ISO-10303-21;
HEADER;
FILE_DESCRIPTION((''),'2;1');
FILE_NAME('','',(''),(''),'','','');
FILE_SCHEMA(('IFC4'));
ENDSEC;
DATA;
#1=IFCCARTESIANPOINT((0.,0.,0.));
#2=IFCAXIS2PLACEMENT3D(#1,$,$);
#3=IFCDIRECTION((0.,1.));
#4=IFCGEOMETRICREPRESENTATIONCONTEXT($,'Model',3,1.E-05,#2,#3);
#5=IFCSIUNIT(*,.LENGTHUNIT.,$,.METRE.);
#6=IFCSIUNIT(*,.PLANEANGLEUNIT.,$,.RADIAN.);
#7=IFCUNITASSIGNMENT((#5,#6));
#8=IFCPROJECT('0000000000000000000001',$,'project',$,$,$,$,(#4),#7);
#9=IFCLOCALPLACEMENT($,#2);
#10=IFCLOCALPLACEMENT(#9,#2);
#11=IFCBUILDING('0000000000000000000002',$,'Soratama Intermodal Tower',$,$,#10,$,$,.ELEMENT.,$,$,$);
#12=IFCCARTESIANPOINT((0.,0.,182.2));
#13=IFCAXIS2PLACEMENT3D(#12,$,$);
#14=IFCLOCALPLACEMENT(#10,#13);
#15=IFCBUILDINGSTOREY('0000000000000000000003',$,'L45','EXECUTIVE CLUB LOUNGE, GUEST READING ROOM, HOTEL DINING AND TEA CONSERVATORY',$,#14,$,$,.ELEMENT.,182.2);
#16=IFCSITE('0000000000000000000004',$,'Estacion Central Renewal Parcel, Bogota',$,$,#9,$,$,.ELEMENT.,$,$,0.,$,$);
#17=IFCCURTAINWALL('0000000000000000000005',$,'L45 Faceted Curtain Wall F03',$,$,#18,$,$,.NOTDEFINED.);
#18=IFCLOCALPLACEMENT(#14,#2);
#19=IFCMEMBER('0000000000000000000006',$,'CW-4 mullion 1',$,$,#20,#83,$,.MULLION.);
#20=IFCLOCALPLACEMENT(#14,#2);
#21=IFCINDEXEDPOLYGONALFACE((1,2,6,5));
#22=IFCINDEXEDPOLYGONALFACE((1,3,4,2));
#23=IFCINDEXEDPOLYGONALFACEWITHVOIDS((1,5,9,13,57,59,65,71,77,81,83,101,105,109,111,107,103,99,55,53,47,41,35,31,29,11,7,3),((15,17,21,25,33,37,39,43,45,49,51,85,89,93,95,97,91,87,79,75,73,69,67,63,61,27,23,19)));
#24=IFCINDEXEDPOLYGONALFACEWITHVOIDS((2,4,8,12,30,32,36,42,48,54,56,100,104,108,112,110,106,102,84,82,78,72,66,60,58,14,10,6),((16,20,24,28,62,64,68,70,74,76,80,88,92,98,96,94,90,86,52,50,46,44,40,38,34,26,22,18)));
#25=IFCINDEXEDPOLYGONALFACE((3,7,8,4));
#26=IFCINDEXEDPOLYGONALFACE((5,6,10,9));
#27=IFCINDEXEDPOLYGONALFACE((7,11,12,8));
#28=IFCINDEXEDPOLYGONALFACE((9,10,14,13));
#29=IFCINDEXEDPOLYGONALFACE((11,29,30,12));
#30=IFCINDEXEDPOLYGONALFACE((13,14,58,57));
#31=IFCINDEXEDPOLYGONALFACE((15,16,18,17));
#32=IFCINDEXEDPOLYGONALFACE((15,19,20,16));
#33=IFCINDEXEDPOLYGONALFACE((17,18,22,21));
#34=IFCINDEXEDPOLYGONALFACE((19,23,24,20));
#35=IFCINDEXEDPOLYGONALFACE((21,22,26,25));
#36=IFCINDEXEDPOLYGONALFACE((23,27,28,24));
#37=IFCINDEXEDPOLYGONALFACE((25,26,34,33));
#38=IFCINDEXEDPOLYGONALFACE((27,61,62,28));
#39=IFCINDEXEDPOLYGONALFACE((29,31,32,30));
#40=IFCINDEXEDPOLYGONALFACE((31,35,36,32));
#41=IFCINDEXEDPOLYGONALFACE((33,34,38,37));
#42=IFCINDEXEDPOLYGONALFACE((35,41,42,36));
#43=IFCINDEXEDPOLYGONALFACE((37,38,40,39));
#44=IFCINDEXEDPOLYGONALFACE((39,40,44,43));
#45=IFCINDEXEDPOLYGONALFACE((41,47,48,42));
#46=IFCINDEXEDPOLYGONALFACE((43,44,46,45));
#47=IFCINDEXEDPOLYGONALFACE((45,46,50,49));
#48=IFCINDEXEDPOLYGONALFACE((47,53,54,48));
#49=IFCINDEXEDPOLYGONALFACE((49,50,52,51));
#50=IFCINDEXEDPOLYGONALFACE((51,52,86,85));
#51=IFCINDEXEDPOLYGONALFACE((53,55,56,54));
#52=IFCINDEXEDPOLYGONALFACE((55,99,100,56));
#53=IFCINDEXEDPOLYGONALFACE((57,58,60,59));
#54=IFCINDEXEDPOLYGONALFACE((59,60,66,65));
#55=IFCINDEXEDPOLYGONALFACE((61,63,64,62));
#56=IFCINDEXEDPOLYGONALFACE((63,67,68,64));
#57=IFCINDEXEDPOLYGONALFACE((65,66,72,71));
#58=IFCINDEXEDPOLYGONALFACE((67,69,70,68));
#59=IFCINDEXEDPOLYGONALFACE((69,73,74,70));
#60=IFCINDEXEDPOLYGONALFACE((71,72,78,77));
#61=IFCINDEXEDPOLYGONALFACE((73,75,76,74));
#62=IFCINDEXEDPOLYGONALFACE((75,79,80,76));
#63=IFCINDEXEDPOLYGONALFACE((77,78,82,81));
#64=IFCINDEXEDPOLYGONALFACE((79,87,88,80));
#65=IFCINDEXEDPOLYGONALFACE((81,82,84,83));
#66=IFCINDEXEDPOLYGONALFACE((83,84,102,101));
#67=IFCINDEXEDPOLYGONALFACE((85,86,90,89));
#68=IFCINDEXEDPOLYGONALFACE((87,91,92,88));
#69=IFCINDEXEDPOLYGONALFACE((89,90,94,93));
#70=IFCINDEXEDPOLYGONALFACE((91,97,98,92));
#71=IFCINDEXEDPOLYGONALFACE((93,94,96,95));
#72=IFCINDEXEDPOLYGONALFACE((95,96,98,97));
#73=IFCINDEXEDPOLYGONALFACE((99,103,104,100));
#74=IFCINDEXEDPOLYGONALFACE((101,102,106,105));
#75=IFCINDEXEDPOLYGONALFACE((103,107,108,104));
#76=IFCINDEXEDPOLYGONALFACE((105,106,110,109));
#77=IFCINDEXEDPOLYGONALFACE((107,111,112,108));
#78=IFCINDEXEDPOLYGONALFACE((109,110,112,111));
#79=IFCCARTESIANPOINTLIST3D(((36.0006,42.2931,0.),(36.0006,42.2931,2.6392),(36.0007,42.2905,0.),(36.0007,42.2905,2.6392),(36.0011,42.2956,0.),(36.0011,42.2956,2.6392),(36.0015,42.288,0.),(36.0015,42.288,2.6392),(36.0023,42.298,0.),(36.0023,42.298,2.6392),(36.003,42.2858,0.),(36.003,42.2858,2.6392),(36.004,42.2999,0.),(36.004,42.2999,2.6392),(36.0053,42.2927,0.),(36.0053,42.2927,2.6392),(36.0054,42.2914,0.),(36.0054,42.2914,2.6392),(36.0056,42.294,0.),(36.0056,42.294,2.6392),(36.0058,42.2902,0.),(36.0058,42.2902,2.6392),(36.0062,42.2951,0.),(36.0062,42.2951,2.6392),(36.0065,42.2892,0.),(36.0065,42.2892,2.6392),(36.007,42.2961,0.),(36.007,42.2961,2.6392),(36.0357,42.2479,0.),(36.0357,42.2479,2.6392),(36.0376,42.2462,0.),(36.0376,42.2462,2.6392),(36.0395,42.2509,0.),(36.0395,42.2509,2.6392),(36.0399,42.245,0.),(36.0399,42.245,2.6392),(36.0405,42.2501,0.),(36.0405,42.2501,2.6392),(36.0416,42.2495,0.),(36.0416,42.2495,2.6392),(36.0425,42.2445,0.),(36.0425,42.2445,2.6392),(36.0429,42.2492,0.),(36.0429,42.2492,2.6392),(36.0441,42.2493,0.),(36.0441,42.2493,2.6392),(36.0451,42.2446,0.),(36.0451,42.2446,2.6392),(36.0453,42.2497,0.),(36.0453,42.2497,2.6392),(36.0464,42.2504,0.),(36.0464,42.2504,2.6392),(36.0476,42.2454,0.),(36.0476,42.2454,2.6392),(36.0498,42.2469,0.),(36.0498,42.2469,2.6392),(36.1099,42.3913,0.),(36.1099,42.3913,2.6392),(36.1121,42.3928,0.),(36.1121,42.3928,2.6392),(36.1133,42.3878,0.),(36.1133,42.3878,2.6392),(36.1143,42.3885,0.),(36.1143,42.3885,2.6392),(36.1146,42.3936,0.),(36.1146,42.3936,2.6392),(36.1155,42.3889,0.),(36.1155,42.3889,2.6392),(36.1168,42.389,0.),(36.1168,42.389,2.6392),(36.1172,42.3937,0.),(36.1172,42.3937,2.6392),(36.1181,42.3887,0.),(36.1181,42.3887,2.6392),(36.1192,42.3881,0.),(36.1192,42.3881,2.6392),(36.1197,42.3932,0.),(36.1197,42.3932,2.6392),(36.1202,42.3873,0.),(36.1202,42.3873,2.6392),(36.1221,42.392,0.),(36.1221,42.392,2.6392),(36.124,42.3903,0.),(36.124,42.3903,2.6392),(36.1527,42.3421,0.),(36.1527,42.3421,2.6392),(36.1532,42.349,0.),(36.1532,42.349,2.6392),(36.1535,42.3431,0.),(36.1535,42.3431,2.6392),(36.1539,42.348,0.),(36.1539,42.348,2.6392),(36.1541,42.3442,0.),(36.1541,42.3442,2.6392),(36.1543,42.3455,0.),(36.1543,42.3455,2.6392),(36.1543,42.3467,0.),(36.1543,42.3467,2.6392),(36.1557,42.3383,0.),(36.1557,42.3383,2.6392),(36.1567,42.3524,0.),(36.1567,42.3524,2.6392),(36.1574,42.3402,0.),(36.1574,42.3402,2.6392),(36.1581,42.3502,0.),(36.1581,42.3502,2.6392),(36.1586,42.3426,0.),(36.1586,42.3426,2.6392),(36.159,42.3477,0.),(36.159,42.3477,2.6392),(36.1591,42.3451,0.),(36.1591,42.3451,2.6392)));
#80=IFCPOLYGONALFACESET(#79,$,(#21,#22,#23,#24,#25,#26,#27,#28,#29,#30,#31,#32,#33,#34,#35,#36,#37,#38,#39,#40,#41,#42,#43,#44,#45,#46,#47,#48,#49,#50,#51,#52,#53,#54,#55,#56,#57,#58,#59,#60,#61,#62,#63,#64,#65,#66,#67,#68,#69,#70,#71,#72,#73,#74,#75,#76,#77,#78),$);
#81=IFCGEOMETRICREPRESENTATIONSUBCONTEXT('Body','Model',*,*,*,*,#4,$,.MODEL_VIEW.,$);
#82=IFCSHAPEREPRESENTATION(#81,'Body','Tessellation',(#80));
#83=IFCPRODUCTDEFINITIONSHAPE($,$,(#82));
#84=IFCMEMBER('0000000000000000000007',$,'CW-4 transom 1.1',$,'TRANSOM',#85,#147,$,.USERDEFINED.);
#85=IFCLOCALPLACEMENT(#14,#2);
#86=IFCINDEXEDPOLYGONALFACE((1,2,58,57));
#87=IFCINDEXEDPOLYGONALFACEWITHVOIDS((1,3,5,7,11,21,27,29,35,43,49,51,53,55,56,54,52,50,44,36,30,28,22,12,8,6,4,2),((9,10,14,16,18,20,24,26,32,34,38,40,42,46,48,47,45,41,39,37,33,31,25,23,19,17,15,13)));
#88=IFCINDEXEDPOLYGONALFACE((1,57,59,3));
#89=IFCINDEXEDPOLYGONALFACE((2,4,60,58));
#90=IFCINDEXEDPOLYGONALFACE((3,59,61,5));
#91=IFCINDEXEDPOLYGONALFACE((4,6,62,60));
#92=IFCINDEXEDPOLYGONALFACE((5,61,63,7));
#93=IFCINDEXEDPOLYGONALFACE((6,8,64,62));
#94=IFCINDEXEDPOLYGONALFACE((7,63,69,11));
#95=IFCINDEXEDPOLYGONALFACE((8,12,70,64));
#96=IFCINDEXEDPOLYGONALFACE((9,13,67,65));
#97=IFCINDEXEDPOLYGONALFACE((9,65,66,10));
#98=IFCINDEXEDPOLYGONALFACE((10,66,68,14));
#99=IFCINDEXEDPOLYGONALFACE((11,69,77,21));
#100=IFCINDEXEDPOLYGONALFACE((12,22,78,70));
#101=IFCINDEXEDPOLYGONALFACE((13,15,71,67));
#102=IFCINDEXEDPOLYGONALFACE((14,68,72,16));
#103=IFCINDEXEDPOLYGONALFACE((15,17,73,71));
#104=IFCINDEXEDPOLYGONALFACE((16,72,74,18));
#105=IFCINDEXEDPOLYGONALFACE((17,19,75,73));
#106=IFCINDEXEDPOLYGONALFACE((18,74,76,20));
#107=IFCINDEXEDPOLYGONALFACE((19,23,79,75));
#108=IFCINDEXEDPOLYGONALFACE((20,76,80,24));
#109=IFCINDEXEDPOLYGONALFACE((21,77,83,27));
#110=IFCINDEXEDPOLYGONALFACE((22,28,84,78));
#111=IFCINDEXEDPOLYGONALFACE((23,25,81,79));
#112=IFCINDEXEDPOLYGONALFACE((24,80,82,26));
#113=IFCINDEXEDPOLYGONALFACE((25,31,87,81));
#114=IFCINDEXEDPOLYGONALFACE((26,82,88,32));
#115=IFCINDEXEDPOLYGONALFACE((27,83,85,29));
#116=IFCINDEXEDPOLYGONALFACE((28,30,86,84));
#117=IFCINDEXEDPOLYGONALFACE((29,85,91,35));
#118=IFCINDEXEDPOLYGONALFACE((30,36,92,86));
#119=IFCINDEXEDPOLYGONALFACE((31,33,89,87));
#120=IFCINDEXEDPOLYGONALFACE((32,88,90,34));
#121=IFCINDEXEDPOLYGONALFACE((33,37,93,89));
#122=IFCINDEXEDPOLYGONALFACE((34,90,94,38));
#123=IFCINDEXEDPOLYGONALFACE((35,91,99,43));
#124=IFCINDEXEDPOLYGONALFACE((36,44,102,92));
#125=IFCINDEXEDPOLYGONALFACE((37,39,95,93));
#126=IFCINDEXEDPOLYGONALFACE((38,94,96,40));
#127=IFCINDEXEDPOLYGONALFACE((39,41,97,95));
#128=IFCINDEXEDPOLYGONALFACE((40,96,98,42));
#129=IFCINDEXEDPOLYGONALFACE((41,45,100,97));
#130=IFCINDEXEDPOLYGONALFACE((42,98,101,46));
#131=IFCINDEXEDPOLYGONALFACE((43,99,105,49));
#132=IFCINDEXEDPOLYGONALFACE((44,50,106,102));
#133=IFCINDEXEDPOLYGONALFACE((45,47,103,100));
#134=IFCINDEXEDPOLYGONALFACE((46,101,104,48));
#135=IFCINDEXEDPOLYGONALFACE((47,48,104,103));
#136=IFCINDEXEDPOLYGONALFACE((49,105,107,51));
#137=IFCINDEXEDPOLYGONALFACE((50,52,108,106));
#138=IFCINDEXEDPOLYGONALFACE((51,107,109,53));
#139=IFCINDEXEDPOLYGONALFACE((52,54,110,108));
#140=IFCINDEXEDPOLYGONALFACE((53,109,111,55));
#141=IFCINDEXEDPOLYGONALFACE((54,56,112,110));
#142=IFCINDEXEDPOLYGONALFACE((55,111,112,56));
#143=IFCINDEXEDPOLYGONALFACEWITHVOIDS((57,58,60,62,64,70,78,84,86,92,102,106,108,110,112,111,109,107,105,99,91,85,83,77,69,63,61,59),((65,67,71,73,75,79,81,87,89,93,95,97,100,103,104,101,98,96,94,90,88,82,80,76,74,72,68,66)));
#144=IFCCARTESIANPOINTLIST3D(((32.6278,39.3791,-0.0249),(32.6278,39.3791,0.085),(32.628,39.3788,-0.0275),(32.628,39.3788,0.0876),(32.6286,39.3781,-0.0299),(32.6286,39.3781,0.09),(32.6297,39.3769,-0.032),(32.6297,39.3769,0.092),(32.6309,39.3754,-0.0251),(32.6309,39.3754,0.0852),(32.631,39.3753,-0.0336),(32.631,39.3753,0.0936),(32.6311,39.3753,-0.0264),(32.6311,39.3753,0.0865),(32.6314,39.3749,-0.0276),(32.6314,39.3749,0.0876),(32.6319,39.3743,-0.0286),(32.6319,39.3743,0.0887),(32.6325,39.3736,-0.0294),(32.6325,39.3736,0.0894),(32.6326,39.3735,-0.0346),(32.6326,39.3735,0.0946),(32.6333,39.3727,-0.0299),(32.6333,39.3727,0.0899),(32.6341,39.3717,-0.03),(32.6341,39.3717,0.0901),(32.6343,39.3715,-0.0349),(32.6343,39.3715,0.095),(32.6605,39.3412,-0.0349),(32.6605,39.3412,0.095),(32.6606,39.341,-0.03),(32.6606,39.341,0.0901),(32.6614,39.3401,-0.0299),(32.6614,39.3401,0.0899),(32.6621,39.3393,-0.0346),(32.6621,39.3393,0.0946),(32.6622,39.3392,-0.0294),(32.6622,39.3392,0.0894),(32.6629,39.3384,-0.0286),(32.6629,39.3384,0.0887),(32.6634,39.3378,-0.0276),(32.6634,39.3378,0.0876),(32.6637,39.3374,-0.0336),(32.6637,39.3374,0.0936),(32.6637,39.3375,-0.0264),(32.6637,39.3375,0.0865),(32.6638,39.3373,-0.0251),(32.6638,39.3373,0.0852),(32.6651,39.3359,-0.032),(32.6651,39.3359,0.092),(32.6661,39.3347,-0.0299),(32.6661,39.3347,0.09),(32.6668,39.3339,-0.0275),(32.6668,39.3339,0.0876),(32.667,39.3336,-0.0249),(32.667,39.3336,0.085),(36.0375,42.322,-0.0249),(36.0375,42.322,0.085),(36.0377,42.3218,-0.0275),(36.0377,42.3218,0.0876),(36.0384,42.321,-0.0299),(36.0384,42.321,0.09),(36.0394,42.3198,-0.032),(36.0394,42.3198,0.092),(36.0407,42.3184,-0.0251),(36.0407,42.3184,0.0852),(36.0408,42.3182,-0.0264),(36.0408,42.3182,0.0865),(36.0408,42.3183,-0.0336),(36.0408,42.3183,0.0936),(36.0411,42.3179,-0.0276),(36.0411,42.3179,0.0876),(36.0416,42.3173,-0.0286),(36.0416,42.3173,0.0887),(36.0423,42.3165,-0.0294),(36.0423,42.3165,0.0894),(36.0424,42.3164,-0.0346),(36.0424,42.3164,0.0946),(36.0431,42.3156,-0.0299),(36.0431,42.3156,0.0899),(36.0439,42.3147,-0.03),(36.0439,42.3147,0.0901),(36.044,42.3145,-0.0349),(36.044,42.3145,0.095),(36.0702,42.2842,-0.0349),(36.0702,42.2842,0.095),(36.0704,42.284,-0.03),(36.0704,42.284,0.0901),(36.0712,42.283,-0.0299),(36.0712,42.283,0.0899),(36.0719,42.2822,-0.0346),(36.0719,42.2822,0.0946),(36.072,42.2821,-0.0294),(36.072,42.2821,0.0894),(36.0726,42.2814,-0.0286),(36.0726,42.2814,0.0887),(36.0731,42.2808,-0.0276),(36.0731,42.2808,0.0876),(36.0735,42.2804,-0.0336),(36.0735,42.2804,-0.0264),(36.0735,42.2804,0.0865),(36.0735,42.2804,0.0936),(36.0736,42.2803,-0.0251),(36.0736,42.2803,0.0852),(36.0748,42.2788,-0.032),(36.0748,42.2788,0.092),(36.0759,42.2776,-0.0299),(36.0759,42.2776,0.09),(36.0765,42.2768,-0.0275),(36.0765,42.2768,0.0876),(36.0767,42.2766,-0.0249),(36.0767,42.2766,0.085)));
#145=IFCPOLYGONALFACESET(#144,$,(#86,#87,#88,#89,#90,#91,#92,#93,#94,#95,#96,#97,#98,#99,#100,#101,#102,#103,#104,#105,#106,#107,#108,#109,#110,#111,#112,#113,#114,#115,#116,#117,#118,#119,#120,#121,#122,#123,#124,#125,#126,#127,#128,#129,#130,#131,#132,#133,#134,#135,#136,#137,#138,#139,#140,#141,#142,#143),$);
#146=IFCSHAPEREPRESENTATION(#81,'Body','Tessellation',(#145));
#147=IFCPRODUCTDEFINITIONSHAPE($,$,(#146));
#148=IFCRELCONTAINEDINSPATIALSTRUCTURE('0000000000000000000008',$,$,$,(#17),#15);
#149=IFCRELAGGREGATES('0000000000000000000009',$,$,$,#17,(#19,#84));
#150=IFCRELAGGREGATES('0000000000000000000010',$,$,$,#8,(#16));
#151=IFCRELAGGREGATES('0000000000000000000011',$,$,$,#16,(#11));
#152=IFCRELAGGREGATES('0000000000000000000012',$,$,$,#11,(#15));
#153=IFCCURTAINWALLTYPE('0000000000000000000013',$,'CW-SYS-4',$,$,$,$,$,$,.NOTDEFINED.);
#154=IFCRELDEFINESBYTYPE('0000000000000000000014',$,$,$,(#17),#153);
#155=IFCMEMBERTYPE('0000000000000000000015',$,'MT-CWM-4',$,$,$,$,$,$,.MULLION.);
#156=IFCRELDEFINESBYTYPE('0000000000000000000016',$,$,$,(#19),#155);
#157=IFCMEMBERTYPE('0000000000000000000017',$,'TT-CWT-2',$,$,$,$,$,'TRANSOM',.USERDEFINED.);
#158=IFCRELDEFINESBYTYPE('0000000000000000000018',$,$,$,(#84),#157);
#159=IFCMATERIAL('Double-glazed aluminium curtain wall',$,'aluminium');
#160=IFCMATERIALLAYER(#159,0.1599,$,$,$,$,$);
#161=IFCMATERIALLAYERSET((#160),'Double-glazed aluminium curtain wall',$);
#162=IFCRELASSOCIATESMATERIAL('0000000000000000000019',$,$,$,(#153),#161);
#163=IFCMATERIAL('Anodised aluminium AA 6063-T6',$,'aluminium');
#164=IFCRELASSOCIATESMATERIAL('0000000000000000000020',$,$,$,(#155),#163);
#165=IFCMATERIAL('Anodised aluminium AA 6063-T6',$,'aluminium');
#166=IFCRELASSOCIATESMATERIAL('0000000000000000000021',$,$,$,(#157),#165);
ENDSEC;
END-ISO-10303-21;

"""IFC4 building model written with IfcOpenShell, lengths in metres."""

from ifc_helpers import new_model, si_unit, direction, frame, origin, origin_2d, place, context, subcontext, project, spatial, hollow_rectangle, extrude, material, layer, layer_set, material_profile, profile_set, type_object, element, aggregate, save


model = new_model("IFC4")

# Units and contexts
model_context = context("Model", 3, precision=1e-05, world=origin(), true_north=direction((0.0, 1.0)))
body_context = subcontext(model_context, "Body", "Model", "MODEL_VIEW")
ifc_project = project(units=[si_unit("LENGTHUNIT", "METRE"), si_unit("PLANEANGLEUNIT", "RADIAN")], contexts=[model_context])

# Site, building, storey
site_placement = place(None, origin())
site = spatial("IfcSite", under=ifc_project, at=site_placement, Name="Estacion Central Renewal Parcel, Bogota", CompositionType="ELEMENT", RefElevation=0.0)
building_placement = place(site_placement, origin())
building = spatial("IfcBuilding", under=site, at=building_placement, Name="Soratama Intermodal Tower", CompositionType="ELEMENT")
storey_placement = place(building_placement, frame((0.0, 0.0, 182.2)))
storey = spatial("IfcBuildingStorey", under=building, at=storey_placement, Name="L45", Description="EXECUTIVE CLUB LOUNGE, GUEST READING ROOM, HOTEL DINING AND TEA CONSERVATORY", CompositionType="ELEMENT", Elevation=182.2)

# Curtain wall, members
ifc_material_1 = material(Name="Double-glazed aluminium curtain wall", Category="aluminium")
ifc_layer_1 = layer(ifc_material_1, 0.1599)
ifc_layer_set_1 = layer_set([ifc_layer_1], Name="Double-glazed aluminium curtain wall")
curtain_wall_type = type_object("IfcCurtainWallType", Name="CW-SYS-4", PredefinedType="NOTDEFINED", material=ifc_layer_set_1)
curtain_wall_placement = place(storey_placement, origin())
curtain_wall = element("IfcCurtainWall", 1, at=curtain_wall_placement, inside=storey, type_object=curtain_wall_type, Name="L45 Faceted Curtain Wall F03", PredefinedType="NOTDEFINED")
ifc_material_2 = material(Name="Anodised aluminium AA 6063-T6", Category="aluminium")
ifc_material_profile_1 = material_profile(ifc_material_2, hollow_rectangle(XDim=0.0701, YDim=0.1599, WallThickness=0.0049, InnerFilletRadius=0.0049, OuterFilletRadius=0.01, at=origin_2d()), Name="CWM160X70X5")
ifc_profile_set_1 = profile_set([ifc_material_profile_1], Name="Anodised aluminium AA 6063-T6")
member_type_1 = type_object("IfcMemberType", Name="MT-CWM-4", PredefinedType="MULLION", material=ifc_profile_set_1)
member_1_placement = place(storey_placement, frame((36.0798, 42.3191, 0.0), z_axis=(0.0, 0.0, 1.0), x_axis=(0.653423, -0.756993, 0.0)))
member_1 = element("IfcMember", 2, at=member_1_placement, type_object=member_type_1, Name="CW-4 mullion 1", PredefinedType="MULLION", context=body_context, shape_type="SweptSolid", body=[
    extrude(hollow_rectangle(XDim=0.0701, YDim=0.1599, WallThickness=0.0049, InnerFilletRadius=0.0049, OuterFilletRadius=0.01, at=origin_2d()), origin(), (0.0, 0.0, 1.0), 2.6392),
])
ifc_material_3 = material(Name="Anodised aluminium AA 6063-T6", Category="aluminium")
ifc_material_profile_2 = material_profile(ifc_material_3, hollow_rectangle(XDim=0.0601, YDim=0.1299, WallThickness=0.0049, InnerFilletRadius=0.0049, OuterFilletRadius=0.01, at=origin_2d()), Name="CWT130X60X5")
ifc_profile_set_2 = profile_set([ifc_material_profile_2], Name="Anodised aluminium AA 6063-T6")
member_type_2 = type_object("IfcMemberType", Name="TT-CWT-2", ElementType="TRANSOM", PredefinedType="USERDEFINED", material=ifc_profile_set_2)
member_2_placement = place(storey_placement, frame((36.0571, 42.2993, 0.03), z_axis=(-0.757025, -0.653386, 0.0), x_axis=(0.653386, -0.757025, 0.0)))
member_2 = element("IfcMember", 3, at=member_2_placement, type_object=member_type_2, Name="CW-4 transom 1.1", ObjectType="TRANSOM", PredefinedType="USERDEFINED", context=body_context, shape_type="SweptSolid", body=[
    extrude(hollow_rectangle(XDim=0.0601, YDim=0.1299, WallThickness=0.0049, InnerFilletRadius=0.0049, OuterFilletRadius=0.01, at=origin_2d()), origin(), (0.0, 0.0, 1.0), 4.5042),
])
aggregate(curtain_wall, [member_1, member_2])

save(model, "model.ifc")
